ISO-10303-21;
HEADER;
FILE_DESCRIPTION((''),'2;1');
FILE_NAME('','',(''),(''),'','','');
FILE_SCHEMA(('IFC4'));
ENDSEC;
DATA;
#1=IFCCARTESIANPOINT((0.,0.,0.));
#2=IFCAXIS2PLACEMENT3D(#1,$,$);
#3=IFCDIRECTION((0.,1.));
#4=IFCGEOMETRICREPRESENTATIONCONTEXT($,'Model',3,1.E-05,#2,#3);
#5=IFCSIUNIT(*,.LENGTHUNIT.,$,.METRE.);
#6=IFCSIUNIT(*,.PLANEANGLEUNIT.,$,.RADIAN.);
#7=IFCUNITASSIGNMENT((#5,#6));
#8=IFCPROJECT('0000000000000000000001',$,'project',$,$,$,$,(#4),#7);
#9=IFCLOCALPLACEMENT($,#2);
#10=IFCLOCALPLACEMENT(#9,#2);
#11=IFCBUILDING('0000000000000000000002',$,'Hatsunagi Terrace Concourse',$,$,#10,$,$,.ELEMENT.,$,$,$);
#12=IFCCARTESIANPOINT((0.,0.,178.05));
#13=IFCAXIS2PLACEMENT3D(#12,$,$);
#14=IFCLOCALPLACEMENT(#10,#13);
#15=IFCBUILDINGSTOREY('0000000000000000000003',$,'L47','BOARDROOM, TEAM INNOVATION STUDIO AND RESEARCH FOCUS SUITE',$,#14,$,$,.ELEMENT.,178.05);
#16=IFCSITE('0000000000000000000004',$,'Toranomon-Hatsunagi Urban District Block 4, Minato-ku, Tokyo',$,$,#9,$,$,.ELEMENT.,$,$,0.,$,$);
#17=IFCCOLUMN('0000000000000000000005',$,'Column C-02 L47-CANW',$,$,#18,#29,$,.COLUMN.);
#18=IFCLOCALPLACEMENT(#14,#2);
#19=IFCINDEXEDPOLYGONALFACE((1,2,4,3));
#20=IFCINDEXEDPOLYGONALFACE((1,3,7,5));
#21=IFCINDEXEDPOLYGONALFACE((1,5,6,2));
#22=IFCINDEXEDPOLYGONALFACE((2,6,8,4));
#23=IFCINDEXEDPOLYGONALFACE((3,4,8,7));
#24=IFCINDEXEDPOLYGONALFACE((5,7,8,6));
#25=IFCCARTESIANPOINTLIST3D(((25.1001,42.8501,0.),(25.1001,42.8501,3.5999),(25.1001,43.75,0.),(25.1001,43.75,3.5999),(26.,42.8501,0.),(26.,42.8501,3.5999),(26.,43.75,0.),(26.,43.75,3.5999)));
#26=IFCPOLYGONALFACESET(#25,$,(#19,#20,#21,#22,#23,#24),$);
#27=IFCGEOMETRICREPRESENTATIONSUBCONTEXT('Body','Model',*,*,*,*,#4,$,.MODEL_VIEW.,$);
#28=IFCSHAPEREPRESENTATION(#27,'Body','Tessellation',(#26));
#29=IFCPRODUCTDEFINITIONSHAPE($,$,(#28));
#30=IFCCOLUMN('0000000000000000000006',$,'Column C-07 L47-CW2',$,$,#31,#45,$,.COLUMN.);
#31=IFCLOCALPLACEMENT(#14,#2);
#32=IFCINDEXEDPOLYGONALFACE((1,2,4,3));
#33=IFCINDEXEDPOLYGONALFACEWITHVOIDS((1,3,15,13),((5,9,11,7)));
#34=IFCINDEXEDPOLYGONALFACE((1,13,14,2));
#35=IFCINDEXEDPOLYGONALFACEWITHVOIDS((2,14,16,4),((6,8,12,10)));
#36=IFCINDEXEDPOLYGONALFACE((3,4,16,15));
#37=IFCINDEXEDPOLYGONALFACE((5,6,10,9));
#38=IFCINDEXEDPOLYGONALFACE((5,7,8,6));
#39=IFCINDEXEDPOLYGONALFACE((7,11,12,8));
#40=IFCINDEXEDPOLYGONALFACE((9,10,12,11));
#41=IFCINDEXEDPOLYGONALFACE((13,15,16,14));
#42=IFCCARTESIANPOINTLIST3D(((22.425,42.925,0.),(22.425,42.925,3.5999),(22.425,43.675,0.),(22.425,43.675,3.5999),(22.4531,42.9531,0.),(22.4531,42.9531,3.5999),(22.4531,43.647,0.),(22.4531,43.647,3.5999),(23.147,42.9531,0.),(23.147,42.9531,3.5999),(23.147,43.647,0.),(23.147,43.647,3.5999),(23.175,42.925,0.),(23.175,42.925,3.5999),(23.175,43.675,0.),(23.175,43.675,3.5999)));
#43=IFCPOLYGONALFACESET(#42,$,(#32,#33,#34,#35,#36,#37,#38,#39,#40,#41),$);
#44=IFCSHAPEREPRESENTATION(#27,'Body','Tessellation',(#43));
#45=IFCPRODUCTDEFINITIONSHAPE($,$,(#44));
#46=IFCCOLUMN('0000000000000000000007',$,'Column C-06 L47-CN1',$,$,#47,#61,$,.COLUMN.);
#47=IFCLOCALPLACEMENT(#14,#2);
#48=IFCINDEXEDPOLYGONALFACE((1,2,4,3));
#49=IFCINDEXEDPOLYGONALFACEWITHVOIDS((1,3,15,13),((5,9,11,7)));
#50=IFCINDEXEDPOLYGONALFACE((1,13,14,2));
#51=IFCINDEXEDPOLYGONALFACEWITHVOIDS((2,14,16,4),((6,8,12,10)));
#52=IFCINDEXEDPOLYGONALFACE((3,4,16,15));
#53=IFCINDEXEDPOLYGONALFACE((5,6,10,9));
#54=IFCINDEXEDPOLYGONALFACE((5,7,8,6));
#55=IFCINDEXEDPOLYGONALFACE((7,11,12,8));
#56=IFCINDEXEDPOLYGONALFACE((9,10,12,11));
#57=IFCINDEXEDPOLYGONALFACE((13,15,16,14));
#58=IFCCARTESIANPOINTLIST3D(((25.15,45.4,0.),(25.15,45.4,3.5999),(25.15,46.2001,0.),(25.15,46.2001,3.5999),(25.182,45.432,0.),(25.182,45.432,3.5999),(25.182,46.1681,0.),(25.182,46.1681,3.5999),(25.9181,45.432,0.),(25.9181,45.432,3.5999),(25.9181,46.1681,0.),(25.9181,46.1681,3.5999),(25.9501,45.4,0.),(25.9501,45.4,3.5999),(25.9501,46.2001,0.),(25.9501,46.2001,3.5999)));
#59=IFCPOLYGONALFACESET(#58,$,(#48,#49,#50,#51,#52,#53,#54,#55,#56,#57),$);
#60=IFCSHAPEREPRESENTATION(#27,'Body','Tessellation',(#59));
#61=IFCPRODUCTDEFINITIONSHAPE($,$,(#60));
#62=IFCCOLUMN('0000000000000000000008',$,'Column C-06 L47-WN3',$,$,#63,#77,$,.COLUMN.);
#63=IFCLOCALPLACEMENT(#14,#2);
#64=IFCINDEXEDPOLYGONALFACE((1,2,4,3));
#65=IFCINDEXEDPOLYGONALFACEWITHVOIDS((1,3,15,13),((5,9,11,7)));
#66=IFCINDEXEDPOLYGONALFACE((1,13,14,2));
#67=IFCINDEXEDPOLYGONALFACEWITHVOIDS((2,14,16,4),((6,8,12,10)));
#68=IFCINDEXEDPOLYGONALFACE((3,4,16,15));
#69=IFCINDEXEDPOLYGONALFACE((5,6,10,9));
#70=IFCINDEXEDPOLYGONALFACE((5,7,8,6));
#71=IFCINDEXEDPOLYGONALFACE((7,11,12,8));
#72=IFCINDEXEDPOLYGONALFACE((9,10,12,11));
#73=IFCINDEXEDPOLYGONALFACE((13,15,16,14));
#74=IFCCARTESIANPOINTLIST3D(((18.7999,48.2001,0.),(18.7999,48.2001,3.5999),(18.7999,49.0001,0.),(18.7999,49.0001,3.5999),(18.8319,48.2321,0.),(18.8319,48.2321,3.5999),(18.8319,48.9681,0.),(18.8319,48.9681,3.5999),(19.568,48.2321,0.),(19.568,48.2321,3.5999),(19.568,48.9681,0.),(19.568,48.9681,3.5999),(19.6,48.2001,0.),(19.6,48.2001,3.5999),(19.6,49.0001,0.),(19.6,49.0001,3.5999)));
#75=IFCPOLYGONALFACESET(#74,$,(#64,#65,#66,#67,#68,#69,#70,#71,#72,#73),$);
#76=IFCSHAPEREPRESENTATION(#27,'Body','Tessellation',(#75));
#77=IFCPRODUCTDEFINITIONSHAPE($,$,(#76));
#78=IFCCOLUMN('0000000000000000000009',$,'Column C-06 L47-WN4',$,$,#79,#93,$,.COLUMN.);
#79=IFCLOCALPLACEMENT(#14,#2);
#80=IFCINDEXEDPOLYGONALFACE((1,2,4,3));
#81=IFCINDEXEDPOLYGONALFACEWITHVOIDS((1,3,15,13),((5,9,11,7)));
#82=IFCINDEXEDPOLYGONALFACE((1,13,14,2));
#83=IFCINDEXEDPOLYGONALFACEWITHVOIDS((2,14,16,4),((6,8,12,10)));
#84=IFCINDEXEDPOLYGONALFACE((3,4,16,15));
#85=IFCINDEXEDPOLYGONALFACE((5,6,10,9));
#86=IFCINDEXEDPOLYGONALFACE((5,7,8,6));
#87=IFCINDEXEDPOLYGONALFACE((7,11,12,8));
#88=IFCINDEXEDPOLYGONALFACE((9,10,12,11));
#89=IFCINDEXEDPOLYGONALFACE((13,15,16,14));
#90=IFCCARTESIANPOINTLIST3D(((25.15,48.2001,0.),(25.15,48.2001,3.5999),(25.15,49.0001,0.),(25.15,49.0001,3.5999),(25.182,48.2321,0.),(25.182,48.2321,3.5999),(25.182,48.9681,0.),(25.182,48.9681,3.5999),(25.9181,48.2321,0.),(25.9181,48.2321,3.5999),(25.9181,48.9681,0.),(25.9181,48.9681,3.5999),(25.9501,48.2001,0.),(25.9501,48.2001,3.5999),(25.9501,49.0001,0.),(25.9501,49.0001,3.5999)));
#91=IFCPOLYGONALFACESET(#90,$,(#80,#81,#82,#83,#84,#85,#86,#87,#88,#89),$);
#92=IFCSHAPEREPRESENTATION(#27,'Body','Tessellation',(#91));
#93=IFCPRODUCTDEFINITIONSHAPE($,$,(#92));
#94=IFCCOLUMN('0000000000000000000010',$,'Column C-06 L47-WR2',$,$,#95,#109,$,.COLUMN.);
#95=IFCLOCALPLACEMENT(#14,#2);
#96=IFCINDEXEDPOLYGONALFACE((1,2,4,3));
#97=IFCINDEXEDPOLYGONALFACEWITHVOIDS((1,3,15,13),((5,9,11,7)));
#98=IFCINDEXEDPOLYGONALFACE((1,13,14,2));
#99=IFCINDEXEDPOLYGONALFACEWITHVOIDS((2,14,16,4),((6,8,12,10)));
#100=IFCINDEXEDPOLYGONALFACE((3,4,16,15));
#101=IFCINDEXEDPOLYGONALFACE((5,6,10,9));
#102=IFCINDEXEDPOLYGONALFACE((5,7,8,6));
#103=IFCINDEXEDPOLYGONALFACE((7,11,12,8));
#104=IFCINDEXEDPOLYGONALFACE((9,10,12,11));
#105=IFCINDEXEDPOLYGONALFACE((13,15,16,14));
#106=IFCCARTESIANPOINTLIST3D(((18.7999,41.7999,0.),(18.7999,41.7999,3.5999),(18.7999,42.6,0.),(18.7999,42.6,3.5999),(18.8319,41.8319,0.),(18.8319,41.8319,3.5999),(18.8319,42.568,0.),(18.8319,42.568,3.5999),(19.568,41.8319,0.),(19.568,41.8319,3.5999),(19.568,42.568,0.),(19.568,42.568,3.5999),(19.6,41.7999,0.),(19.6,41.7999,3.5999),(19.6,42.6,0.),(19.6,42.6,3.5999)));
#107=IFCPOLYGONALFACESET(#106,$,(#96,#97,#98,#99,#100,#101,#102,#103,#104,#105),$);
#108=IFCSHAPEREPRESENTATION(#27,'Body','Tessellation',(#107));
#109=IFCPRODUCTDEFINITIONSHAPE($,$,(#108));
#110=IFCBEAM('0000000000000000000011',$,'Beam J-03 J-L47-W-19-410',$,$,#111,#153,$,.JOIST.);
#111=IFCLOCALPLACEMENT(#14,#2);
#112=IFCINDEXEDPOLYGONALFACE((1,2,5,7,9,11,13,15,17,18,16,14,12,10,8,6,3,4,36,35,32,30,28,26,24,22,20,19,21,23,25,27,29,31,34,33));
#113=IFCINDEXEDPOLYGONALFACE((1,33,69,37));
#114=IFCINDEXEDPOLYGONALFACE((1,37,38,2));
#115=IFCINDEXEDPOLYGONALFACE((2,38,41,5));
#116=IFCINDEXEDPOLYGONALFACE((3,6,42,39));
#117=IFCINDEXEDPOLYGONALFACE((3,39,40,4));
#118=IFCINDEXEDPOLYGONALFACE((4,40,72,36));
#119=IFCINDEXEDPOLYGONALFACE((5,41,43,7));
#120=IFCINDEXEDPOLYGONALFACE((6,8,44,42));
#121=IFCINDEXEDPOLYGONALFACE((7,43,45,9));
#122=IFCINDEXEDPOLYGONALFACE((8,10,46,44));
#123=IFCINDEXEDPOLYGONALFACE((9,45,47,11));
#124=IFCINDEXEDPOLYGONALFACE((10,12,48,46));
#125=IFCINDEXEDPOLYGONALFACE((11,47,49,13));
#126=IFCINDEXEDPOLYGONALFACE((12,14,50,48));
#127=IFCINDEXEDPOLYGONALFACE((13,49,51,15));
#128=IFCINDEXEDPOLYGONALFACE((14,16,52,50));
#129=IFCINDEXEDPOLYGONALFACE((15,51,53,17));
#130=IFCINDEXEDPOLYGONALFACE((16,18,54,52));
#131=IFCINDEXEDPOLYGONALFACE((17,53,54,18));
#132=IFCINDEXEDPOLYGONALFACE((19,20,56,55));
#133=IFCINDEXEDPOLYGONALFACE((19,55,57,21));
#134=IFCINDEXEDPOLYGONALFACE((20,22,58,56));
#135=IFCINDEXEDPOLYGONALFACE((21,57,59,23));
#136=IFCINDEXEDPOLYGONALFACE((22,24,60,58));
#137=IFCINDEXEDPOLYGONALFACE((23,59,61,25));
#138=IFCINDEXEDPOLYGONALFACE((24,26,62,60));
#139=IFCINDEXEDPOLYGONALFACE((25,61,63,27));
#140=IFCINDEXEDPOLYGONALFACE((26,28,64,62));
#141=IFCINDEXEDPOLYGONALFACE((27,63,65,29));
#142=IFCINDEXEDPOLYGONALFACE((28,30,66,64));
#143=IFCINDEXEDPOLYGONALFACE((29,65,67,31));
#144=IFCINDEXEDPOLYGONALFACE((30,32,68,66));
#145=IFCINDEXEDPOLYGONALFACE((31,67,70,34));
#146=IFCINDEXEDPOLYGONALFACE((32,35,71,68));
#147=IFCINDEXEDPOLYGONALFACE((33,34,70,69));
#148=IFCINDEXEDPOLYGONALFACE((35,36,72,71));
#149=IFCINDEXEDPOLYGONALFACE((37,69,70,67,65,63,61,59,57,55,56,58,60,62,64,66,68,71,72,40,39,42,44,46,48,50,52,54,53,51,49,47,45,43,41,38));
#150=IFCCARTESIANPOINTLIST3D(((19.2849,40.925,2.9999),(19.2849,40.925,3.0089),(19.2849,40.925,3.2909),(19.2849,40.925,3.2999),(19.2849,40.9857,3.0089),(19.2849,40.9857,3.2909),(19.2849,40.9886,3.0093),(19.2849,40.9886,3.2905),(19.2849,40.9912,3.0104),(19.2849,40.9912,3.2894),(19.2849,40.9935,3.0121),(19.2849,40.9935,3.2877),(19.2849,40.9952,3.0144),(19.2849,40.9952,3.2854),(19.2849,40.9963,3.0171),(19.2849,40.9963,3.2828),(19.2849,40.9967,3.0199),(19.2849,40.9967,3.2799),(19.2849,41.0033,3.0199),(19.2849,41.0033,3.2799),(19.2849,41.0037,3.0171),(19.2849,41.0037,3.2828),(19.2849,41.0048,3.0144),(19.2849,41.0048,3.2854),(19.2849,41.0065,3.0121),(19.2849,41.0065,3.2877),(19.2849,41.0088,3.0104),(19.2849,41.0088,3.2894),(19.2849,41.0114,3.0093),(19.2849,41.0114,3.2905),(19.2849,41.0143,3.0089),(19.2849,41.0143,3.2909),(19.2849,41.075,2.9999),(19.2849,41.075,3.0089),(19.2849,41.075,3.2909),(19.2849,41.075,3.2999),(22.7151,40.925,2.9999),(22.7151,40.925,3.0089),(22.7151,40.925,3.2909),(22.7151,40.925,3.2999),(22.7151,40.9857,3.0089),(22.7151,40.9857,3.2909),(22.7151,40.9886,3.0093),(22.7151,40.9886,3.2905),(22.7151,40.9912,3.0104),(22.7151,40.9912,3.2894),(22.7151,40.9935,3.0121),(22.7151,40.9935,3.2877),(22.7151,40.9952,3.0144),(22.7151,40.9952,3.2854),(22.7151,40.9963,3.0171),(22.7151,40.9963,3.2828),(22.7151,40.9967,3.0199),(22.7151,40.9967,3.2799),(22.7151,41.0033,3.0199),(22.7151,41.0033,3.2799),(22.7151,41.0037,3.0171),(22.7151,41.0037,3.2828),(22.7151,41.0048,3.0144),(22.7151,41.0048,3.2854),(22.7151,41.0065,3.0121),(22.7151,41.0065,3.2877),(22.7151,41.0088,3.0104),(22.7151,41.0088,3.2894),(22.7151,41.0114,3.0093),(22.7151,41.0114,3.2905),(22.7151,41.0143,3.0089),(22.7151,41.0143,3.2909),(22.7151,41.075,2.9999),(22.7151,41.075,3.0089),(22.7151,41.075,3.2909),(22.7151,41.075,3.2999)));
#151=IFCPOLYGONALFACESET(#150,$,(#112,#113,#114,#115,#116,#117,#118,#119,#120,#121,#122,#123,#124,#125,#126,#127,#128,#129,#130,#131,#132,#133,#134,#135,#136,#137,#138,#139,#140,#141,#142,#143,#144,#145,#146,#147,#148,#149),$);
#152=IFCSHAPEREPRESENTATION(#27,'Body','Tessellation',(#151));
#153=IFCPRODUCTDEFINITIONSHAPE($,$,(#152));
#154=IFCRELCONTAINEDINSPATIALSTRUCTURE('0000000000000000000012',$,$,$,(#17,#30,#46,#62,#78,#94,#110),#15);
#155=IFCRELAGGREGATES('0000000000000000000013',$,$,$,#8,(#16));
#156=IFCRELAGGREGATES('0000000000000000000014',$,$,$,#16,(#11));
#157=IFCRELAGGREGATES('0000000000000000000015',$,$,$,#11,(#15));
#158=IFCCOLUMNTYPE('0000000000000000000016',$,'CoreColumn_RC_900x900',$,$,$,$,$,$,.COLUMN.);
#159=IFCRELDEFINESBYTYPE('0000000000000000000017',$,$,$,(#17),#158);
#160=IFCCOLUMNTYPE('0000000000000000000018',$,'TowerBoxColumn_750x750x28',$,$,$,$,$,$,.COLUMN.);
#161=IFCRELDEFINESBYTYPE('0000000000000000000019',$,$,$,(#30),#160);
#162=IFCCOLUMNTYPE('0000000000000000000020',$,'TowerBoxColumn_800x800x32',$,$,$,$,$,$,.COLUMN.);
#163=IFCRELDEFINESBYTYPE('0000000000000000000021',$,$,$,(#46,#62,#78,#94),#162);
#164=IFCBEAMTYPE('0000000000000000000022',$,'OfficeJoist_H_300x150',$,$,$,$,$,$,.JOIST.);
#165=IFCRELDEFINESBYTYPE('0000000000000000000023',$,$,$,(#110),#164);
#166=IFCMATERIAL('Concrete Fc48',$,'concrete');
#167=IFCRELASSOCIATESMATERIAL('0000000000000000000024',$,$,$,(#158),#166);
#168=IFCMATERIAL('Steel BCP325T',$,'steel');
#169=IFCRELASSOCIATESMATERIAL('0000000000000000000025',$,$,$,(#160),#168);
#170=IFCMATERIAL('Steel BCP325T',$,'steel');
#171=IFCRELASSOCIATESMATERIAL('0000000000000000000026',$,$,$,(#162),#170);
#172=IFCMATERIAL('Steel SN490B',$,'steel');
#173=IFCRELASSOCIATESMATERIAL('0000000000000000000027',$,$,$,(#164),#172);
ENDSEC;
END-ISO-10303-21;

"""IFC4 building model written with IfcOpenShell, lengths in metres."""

from ifc_helpers import new_model, si_unit, direction, frame, origin, origin_2d, place, context, subcontext, project, spatial, rectangle, hollow_rectangle, i_section, extrude, material, material_profile, profile_set, type_object, element, save


model = new_model("IFC4")

# Units and contexts
model_context = context("Model", 3, precision=1e-05, world=origin(), true_north=direction((0.0, 1.0)))
body_context = subcontext(model_context, "Body", "Model", "MODEL_VIEW")
ifc_project = project(units=[si_unit("LENGTHUNIT", "METRE"), si_unit("PLANEANGLEUNIT", "RADIAN")], contexts=[model_context])

# Site, building, storey
site_placement = place(None, origin())
site = spatial("IfcSite", under=ifc_project, at=site_placement, Name="Toranomon-Hatsunagi Urban District Block 4, Minato-ku, Tokyo", CompositionType="ELEMENT", RefElevation=0.0)
building_placement = place(site_placement, origin())
building = spatial("IfcBuilding", under=site, at=building_placement, Name="Hatsunagi Terrace Concourse", CompositionType="ELEMENT")
storey_placement = place(building_placement, frame((0.0, 0.0, 178.05)))
storey = spatial("IfcBuildingStorey", under=building, at=storey_placement, Name="L47", Description="BOARDROOM, TEAM INNOVATION STUDIO AND RESEARCH FOCUS SUITE", CompositionType="ELEMENT", Elevation=178.05)

# Columns
ifc_material_1 = material(Name="Concrete Fc48", Category="concrete")
ifc_material_profile_1 = material_profile(ifc_material_1, rectangle(XDim=0.8999, YDim=0.8999, at=origin_2d()), Name="RC-900x900")
ifc_profile_set_1 = profile_set([ifc_material_profile_1], Name="Concrete Fc48")
column_type_1 = type_object("IfcColumnType", Name="CoreColumn_RC_900x900", PredefinedType="COLUMN", material=ifc_profile_set_1)
column_1_placement = place(storey_placement, frame((25.55, 43.3, 0.0), z_axis=(0.0, 0.0, 1.0), x_axis=(1.0, 0.0, 0.0)))
element("IfcColumn", 1, at=column_1_placement, inside=storey, type_object=column_type_1, Name="Column C-02 L47-CANW", PredefinedType="COLUMN", context=body_context, shape_type="SweptSolid", body=[
    extrude(rectangle(XDim=0.8999, YDim=0.8999, at=origin_2d()), origin(), (0.0, 0.0, 1.0), 3.5999),
])
ifc_material_2 = material(Name="Steel BCP325T", Category="steel")
ifc_material_profile_2 = material_profile(ifc_material_2, hollow_rectangle(XDim=0.75, YDim=0.75, WallThickness=0.0281, at=origin_2d()), Name="BCP-750x750x28")
ifc_profile_set_2 = profile_set([ifc_material_profile_2], Name="Steel BCP325T")
column_type_2 = type_object("IfcColumnType", Name="TowerBoxColumn_750x750x28", PredefinedType="COLUMN", material=ifc_profile_set_2)
column_2_placement = place(storey_placement, frame((22.8, 43.3, 0.0), z_axis=(0.0, 0.0, 1.0), x_axis=(1.0, 0.0, 0.0)))
element("IfcColumn", 2, at=column_2_placement, inside=storey, type_object=column_type_2, Name="Column C-07 L47-CW2", PredefinedType="COLUMN", context=body_context, shape_type="SweptSolid", body=[
    extrude(hollow_rectangle(XDim=0.75, YDim=0.75, WallThickness=0.0281, at=origin_2d()), origin(), (0.0, 0.0, 1.0), 3.5999),
])
ifc_material_3 = material(Name="Steel BCP325T", Category="steel")
ifc_material_profile_3 = material_profile(ifc_material_3, hollow_rectangle(XDim=0.8, YDim=0.8, WallThickness=0.032, at=origin_2d()), Name="BCP-800x800x32")
ifc_profile_set_3 = profile_set([ifc_material_profile_3], Name="Steel BCP325T")
column_type_3 = type_object("IfcColumnType", Name="TowerBoxColumn_800x800x32", PredefinedType="COLUMN", material=ifc_profile_set_3)
for number, where, z_axis, x_axis, name in (
    (3, (25.55, 45.8, 0.0), (0.0, 0.0, 1.0), (1.0, 0.0, 0.0), "Column C-06 L47-CN1"),
    (4, (19.2, 48.6001, 0.0), (0.0, 0.0, 1.0), (1.0, 0.0, 0.0), "Column C-06 L47-WN3"),
    (5, (25.55, 48.6001, 0.0), (0.0, 0.0, 1.0), (1.0, 0.0, 0.0), "Column C-06 L47-WN4"),
    (6, (19.2, 42.2, 0.0), (0.0, 0.0, 1.0), (1.0, 0.0, 0.0), "Column C-06 L47-WR2"),
):
    element("IfcColumn", number, at=place(storey_placement, frame(where, z_axis=z_axis, x_axis=x_axis)), inside=storey, type_object=column_type_3, Name=name, PredefinedType="COLUMN", context=body_context, shape_type="SweptSolid", body=[
        extrude(hollow_rectangle(XDim=0.8, YDim=0.8, WallThickness=0.032, at=origin_2d()), origin(), (0.0, 0.0, 1.0), 3.5999),
    ])

# Beam
ifc_material_4 = material(Name="Steel SN490B", Category="steel")
ifc_material_profile_4 = material_profile(ifc_material_4, i_section(OverallWidth=0.1499, OverallDepth=0.3, WebThickness=0.0066, FlangeThickness=0.009, FilletRadius=0.011, at=origin_2d()), Name="H-300x150x6.5x9")
ifc_profile_set_4 = profile_set([ifc_material_profile_4], Name="Steel SN490B")
beam_type_1 = type_object("IfcBeamType", Name="OfficeJoist_H_300x150", PredefinedType="JOIST", material=ifc_profile_set_4)
beam_1_placement = place(storey_placement, frame((19.2849, 41.0, 3.1499), z_axis=(1.0, 0.0, 0.0), x_axis=(0.0, 1.0, 0.0)))
element("IfcBeam", 7, at=beam_1_placement, inside=storey, type_object=beam_type_1, Name="Beam J-03 J-L47-W-19-410", PredefinedType="JOIST", context=body_context, shape_type="SweptSolid", body=[
    extrude(i_section(OverallWidth=0.1499, OverallDepth=0.3, WebThickness=0.0066, FlangeThickness=0.009, FilletRadius=0.011, at=origin_2d()), origin(), (0.0, 0.0, 1.0), 3.4302),
])

save(model, "model.ifc")
